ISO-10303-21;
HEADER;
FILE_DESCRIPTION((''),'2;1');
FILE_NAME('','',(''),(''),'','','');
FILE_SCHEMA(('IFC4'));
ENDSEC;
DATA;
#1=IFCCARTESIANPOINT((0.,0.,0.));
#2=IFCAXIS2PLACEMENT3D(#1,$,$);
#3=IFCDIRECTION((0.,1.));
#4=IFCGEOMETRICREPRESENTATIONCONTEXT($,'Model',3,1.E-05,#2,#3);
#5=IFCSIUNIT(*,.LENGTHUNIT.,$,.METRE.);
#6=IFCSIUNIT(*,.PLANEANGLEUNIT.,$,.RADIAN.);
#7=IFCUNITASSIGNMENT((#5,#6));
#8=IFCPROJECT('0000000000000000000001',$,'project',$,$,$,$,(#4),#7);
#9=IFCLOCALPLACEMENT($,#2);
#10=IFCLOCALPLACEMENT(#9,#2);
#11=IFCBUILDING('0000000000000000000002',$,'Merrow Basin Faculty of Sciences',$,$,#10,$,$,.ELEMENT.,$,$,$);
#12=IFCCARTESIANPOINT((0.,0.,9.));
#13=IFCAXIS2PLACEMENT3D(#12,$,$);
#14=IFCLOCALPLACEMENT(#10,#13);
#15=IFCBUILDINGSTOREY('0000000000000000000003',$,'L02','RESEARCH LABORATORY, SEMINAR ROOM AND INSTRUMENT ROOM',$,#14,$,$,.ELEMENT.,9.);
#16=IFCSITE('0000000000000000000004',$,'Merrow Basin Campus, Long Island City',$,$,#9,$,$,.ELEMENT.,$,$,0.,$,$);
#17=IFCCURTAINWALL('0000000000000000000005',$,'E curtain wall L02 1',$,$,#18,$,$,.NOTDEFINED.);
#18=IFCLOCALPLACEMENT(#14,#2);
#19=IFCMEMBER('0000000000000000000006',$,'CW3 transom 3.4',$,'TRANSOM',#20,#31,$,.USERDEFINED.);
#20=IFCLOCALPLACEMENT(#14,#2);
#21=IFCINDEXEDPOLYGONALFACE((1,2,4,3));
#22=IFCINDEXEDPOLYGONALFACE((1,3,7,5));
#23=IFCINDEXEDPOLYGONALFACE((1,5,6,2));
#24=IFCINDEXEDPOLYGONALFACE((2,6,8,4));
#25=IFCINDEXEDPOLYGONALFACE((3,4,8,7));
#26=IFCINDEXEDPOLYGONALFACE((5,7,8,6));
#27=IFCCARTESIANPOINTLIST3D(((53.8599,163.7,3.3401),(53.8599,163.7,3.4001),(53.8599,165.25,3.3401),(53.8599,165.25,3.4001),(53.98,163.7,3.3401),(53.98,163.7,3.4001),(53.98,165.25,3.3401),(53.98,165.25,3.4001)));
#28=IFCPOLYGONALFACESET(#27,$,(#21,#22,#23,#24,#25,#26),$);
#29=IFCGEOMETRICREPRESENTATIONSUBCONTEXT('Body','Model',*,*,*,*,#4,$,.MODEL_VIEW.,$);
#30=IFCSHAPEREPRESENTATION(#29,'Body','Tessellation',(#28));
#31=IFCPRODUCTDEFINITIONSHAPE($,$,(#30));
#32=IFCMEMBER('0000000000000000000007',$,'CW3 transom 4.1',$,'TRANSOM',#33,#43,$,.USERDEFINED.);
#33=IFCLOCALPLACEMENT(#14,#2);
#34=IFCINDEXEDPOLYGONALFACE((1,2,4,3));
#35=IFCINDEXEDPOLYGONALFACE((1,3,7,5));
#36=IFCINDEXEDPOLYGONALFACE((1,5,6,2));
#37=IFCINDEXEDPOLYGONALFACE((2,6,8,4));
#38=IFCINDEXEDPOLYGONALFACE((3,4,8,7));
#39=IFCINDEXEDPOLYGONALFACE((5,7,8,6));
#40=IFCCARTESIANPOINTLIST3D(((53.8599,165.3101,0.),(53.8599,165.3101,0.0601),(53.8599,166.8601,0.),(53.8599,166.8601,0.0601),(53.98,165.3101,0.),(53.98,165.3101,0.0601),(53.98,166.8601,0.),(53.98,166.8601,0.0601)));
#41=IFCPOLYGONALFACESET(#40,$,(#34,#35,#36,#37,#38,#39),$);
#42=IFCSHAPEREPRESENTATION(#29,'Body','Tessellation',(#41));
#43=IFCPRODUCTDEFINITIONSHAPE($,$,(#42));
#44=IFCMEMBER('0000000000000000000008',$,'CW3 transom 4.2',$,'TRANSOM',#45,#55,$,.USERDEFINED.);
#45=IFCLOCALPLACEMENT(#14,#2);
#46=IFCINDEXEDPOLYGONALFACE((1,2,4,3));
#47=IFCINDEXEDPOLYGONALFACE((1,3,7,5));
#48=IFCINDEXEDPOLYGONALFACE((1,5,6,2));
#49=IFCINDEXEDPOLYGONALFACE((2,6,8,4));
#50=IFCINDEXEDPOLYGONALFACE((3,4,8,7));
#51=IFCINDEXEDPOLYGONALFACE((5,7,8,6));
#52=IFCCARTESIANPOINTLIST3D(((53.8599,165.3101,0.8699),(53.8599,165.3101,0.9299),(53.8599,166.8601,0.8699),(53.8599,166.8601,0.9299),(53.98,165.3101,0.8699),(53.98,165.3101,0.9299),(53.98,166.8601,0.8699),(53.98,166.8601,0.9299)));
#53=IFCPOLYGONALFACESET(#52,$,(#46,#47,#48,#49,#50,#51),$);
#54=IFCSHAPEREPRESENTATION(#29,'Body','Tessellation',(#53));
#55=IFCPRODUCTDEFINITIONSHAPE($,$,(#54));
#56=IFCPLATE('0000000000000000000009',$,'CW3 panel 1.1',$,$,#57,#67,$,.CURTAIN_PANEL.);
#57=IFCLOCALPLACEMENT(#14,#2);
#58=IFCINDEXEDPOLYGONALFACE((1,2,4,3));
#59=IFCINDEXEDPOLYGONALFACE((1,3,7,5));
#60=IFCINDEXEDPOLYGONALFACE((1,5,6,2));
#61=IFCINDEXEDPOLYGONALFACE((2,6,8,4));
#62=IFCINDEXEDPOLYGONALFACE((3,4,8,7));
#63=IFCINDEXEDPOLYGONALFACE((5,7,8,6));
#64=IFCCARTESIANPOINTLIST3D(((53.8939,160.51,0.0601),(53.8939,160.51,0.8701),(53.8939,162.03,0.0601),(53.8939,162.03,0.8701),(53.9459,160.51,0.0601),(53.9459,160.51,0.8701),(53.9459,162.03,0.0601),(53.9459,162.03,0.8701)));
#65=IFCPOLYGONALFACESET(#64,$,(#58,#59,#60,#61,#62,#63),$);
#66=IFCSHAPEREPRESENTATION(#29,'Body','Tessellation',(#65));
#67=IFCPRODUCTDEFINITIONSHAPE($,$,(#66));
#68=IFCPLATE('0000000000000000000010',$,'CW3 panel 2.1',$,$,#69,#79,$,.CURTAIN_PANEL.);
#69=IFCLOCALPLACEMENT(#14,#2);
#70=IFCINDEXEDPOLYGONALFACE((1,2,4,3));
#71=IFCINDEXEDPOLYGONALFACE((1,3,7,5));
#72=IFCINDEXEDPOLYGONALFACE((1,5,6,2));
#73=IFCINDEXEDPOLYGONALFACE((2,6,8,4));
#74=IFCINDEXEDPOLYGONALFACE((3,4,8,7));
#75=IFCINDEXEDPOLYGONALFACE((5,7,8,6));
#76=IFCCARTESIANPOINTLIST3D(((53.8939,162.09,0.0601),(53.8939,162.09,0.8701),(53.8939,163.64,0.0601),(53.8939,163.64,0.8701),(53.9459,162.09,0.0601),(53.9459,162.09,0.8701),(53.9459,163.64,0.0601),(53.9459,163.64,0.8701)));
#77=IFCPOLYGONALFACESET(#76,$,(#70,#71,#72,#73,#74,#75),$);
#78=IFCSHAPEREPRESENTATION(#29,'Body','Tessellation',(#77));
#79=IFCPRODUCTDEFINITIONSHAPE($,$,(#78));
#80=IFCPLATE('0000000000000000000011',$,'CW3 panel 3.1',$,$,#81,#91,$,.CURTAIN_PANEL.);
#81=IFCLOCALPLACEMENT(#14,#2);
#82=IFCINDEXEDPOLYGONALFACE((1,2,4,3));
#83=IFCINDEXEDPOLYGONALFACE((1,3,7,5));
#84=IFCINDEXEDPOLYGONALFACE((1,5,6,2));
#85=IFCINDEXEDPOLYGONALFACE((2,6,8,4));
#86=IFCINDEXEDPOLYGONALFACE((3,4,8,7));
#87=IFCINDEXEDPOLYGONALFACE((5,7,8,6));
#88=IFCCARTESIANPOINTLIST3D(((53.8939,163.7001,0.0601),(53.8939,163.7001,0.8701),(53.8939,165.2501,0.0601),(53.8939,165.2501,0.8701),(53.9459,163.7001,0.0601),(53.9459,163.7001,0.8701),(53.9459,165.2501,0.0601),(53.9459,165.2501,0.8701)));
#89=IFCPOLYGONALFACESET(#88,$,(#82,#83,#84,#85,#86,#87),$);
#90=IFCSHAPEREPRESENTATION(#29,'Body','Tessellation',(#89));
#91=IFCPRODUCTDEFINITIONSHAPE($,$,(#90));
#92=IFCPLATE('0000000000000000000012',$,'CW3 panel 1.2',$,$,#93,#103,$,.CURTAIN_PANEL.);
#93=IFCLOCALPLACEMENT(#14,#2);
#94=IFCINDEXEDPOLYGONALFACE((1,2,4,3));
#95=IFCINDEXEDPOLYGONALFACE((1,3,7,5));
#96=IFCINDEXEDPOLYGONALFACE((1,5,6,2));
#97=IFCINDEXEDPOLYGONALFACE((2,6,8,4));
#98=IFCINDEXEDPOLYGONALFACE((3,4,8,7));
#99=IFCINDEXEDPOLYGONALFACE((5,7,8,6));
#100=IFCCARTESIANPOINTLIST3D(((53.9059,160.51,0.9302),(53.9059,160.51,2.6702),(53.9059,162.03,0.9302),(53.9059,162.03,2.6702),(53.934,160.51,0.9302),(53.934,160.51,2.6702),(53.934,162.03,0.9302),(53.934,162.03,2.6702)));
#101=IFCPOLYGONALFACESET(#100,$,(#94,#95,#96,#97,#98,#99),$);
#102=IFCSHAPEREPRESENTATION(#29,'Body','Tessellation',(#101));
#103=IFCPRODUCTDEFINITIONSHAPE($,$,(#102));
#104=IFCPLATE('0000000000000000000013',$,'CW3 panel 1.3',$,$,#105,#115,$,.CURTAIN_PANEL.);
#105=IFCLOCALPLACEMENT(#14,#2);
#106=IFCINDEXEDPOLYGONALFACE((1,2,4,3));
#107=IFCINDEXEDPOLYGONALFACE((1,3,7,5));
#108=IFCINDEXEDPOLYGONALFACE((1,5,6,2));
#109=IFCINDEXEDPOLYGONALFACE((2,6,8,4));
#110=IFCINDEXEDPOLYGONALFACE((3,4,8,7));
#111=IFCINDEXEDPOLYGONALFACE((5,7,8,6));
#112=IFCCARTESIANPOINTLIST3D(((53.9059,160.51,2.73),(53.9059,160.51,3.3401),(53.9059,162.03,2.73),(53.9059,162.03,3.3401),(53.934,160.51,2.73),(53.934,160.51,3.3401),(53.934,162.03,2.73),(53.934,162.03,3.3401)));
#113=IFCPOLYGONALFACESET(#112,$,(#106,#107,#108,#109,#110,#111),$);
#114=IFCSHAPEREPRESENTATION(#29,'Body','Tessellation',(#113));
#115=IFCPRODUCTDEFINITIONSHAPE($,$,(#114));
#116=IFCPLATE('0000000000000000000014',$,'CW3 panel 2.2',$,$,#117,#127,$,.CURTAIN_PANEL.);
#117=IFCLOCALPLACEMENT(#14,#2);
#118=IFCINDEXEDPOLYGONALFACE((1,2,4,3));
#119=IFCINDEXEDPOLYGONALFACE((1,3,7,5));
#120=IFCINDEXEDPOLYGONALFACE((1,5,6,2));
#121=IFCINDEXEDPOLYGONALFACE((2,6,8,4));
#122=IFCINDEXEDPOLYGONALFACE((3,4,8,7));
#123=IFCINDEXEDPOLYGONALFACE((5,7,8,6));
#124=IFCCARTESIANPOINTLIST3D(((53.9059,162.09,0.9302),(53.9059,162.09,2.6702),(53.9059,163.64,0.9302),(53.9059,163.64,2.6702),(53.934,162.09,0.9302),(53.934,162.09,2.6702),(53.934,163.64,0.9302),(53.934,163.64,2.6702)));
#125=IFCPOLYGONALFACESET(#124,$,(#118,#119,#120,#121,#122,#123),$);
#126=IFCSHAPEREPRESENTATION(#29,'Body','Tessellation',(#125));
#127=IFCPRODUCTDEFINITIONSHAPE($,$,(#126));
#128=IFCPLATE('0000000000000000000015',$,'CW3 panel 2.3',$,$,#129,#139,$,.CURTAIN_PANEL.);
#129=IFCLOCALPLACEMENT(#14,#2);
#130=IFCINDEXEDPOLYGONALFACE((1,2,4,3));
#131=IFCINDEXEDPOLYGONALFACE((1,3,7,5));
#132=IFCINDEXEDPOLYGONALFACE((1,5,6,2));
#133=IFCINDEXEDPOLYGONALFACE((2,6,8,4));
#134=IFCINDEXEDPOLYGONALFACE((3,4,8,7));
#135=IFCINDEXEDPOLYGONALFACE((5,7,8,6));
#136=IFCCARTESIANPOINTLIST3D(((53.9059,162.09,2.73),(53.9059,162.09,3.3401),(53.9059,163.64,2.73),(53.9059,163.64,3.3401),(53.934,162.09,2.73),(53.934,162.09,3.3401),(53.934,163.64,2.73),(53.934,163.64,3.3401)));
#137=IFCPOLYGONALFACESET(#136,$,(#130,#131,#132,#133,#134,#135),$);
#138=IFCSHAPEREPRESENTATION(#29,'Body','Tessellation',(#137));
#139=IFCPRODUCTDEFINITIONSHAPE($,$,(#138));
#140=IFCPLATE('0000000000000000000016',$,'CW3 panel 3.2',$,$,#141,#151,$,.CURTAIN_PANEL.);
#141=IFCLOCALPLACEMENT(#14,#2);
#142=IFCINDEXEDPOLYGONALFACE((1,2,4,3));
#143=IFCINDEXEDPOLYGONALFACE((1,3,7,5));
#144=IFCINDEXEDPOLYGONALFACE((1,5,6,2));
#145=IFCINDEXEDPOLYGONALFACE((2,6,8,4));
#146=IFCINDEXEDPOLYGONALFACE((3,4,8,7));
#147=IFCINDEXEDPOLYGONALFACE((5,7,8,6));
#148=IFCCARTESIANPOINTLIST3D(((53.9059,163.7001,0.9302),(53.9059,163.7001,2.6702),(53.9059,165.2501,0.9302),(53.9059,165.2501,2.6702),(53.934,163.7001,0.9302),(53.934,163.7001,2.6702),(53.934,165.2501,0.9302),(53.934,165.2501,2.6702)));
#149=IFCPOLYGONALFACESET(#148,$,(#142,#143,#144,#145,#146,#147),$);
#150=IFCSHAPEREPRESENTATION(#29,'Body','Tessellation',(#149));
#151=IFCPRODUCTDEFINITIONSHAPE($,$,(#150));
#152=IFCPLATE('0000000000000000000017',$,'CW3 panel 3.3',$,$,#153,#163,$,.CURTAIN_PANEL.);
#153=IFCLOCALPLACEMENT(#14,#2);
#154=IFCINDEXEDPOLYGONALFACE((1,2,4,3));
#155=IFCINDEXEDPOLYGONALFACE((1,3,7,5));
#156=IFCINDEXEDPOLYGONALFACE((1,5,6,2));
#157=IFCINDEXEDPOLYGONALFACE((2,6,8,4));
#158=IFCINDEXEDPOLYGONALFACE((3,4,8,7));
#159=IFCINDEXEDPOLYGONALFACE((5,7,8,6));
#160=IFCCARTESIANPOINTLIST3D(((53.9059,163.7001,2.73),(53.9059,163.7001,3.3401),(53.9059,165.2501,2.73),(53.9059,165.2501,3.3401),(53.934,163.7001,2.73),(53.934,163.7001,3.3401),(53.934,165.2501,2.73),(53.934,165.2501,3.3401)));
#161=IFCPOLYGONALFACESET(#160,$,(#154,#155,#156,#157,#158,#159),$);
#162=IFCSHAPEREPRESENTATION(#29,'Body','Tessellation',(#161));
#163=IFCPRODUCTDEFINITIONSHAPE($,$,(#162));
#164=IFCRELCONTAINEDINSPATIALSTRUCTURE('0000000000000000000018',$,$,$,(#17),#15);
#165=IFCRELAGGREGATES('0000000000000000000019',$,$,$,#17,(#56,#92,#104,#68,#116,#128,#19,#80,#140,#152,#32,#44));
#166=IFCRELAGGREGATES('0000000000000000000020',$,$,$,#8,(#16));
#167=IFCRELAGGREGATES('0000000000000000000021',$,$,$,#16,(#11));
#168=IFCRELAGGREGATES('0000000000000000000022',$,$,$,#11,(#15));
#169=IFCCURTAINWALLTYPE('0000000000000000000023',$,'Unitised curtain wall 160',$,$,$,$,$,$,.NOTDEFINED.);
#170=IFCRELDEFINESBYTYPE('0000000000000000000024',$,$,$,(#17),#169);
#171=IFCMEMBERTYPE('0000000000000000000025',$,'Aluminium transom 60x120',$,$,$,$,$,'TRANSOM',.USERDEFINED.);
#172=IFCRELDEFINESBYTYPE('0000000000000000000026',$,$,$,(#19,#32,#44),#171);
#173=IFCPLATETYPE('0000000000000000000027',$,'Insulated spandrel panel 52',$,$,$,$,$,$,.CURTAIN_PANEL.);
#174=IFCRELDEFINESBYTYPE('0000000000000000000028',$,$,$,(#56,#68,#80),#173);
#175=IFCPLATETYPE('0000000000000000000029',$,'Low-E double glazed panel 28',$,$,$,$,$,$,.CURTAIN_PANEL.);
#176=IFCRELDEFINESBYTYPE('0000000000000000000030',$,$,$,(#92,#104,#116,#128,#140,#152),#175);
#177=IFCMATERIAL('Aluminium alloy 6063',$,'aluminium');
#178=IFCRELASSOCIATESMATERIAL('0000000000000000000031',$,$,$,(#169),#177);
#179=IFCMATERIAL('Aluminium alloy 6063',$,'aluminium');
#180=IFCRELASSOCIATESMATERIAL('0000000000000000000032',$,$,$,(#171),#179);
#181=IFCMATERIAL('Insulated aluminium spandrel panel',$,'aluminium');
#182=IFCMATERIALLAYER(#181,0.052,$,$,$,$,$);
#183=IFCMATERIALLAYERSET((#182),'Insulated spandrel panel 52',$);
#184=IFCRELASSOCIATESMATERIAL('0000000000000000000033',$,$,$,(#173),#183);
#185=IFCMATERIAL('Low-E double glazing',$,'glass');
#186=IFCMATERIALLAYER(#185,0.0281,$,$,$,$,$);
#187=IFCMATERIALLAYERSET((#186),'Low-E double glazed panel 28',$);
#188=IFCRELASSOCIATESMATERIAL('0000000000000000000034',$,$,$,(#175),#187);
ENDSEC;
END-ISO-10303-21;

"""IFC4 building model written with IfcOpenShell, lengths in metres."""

from ifc_helpers import new_model, si_unit, direction, frame, origin, origin_2d, place, context, subcontext, project, spatial, rectangle, extrude, material, layer, layer_set, material_profile, profile_set, type_object, element, aggregate, save


model = new_model("IFC4")

# Units and contexts
model_context = context("Model", 3, precision=1e-05, world=origin(), true_north=direction((0.0, 1.0)))
body_context = subcontext(model_context, "Body", "Model", "MODEL_VIEW")
ifc_project = project(units=[si_unit("LENGTHUNIT", "METRE"), si_unit("PLANEANGLEUNIT", "RADIAN")], contexts=[model_context])

# Site, building, storey
site_placement = place(None, origin())
site = spatial("IfcSite", under=ifc_project, at=site_placement, Name="Merrow Basin Campus, Long Island City", CompositionType="ELEMENT", RefElevation=0.0)
building_placement = place(site_placement, origin())
building = spatial("IfcBuilding", under=site, at=building_placement, Name="Merrow Basin Faculty of Sciences", CompositionType="ELEMENT")
storey_placement = place(building_placement, frame((0.0, 0.0, 9.0)))
storey = spatial("IfcBuildingStorey", under=building, at=storey_placement, Name="L02", Description="RESEARCH LABORATORY, SEMINAR ROOM AND INSTRUMENT ROOM", CompositionType="ELEMENT", Elevation=9.0)

# Curtain wall, members, plates
ifc_material_1 = material(Name="Aluminium alloy 6063", Category="aluminium")
curtain_wall_type = type_object("IfcCurtainWallType", Name="Unitised curtain wall 160", PredefinedType="NOTDEFINED", material=ifc_material_1)
curtain_wall_placement = place(storey_placement, origin())
curtain_wall = element("IfcCurtainWall", 1, at=curtain_wall_placement, inside=storey, type_object=curtain_wall_type, Name="E curtain wall L02 1", PredefinedType="NOTDEFINED")
ifc_material_2 = material(Name="Aluminium alloy 6063", Category="aluminium")
ifc_material_profile_1 = material_profile(ifc_material_2, rectangle(XDim=0.1201, YDim=0.0601, at=origin_2d()))
ifc_profile_set_1 = profile_set([ifc_material_profile_1], Name="Aluminium alloy 6063")
member_type_1 = type_object("IfcMemberType", Name="Aluminium transom 60x120", ElementType="TRANSOM", PredefinedType="USERDEFINED", material=ifc_profile_set_1)
member_1_placement = place(storey_placement, frame((53.9199, 163.7, 3.3701), z_axis=(0.0, 1.0, 0.0), x_axis=(-1.0, 0.0, 0.0)))
member_1 = element("IfcMember", 2, at=member_1_placement, type_object=member_type_1, Name="CW3 transom 3.4", ObjectType="TRANSOM", PredefinedType="USERDEFINED", context=body_context, shape_type="SweptSolid", body=[
    extrude(rectangle(XDim=0.1201, YDim=0.0601, at=origin_2d()), origin(), (0.0, 0.0, 1.0), 1.55),
])
member_2_placement = place(storey_placement, frame((53.9199, 165.3101, 0.03), z_axis=(0.0, 1.0, 0.0), x_axis=(-1.0, 0.0, 0.0)))
member_2 = element("IfcMember", 3, at=member_2_placement, type_object=member_type_1, Name="CW3 transom 4.1", ObjectType="TRANSOM", PredefinedType="USERDEFINED", context=body_context, shape_type="SweptSolid", body=[
    extrude(rectangle(XDim=0.1201, YDim=0.0601, at=origin_2d()), origin(), (0.0, 0.0, 1.0), 1.55),
])
member_3_placement = place(storey_placement, frame((53.9199, 165.3101, 0.8999), z_axis=(0.0, 1.0, 0.0), x_axis=(-1.0, 0.0, 0.0)))
member_3 = element("IfcMember", 4, at=member_3_placement, type_object=member_type_1, Name="CW3 transom 4.2", ObjectType="TRANSOM", PredefinedType="USERDEFINED", context=body_context, shape_type="SweptSolid", body=[
    extrude(rectangle(XDim=0.1201, YDim=0.0601, at=origin_2d()), origin(), (0.0, 0.0, 1.0), 1.55),
])
ifc_material_3 = material(Name="Insulated aluminium spandrel panel", Category="aluminium")
ifc_layer_1 = layer(ifc_material_3, 0.052)
ifc_layer_set_1 = layer_set([ifc_layer_1], Name="Insulated spandrel panel 52")
plate_type_1 = type_object("IfcPlateType", Name="Insulated spandrel panel 52", PredefinedType="CURTAIN_PANEL", material=ifc_layer_set_1)
plate_1_placement = place(storey_placement, frame((53.9199, 161.27, 0.0601), z_axis=(0.0, 0.0, 1.0), x_axis=(0.0, 1.0, 0.0)))
plate_1 = element("IfcPlate", 5, at=plate_1_placement, type_object=plate_type_1, Name="CW3 panel 1.1", PredefinedType="CURTAIN_PANEL", context=body_context, shape_type="SweptSolid", body=[
    extrude(rectangle(XDim=1.52, YDim=0.052, at=origin_2d()), origin(), (0.0, 0.0, 1.0), 0.8101),
])
plate_2_placement = place(storey_placement, frame((53.9199, 162.865, 0.0601), z_axis=(0.0, 0.0, 1.0), x_axis=(0.0, 1.0, 0.0)))
plate_2 = element("IfcPlate", 6, at=plate_2_placement, type_object=plate_type_1, Name="CW3 panel 2.1", PredefinedType="CURTAIN_PANEL", context=body_context, shape_type="SweptSolid", body=[
    extrude(rectangle(XDim=1.55, YDim=0.052, at=origin_2d()), origin(), (0.0, 0.0, 1.0), 0.8101),
])
plate_3_placement = place(storey_placement, frame((53.9199, 164.4751, 0.0601), z_axis=(0.0, 0.0, 1.0), x_axis=(0.0, 1.0, 0.0)))
plate_3 = element("IfcPlate", 7, at=plate_3_placement, type_object=plate_type_1, Name="CW3 panel 3.1", PredefinedType="CURTAIN_PANEL", context=body_context, shape_type="SweptSolid", body=[
    extrude(rectangle(XDim=1.55, YDim=0.052, at=origin_2d()), origin(), (0.0, 0.0, 1.0), 0.8101),
])
ifc_material_4 = material(Name="Low-E double glazing", Category="glass")
ifc_layer_2 = layer(ifc_material_4, 0.0281)
ifc_layer_set_2 = layer_set([ifc_layer_2], Name="Low-E double glazed panel 28")
plate_type_2 = type_object("IfcPlateType", Name="Low-E double glazed panel 28", PredefinedType="CURTAIN_PANEL", material=ifc_layer_set_2)
plate_4_placement = place(storey_placement, frame((53.9199, 161.27, 0.9302), z_axis=(0.0, 0.0, 1.0), x_axis=(0.0, 1.0, 0.0)))
plate_4 = element("IfcPlate", 8, at=plate_4_placement, type_object=plate_type_2, Name="CW3 panel 1.2", PredefinedType="CURTAIN_PANEL", context=body_context, shape_type="SweptSolid", body=[
    extrude(rectangle(XDim=1.52, YDim=0.0281, at=origin_2d()), origin(), (0.0, 0.0, 1.0), 1.74),
])
plate_5_placement = place(storey_placement, frame((53.9199, 161.27, 2.73), z_axis=(0.0, 0.0, 1.0), x_axis=(0.0, 1.0, 0.0)))
plate_5 = element("IfcPlate", 9, at=plate_5_placement, type_object=plate_type_2, Name="CW3 panel 1.3", PredefinedType="CURTAIN_PANEL", context=body_context, shape_type="SweptSolid", body=[
    extrude(rectangle(XDim=1.52, YDim=0.0281, at=origin_2d()), origin(), (0.0, 0.0, 1.0), 0.6101),
])
plate_6_placement = place(storey_placement, frame((53.9199, 162.865, 0.9302), z_axis=(0.0, 0.0, 1.0), x_axis=(0.0, 1.0, 0.0)))
plate_6 = element("IfcPlate", 10, at=plate_6_placement, type_object=plate_type_2, Name="CW3 panel 2.2", PredefinedType="CURTAIN_PANEL", context=body_context, shape_type="SweptSolid", body=[
    extrude(rectangle(XDim=1.55, YDim=0.0281, at=origin_2d()), origin(), (0.0, 0.0, 1.0), 1.74),
])
plate_7_placement = place(storey_placement, frame((53.9199, 162.865, 2.73), z_axis=(0.0, 0.0, 1.0), x_axis=(0.0, 1.0, 0.0)))
plate_7 = element("IfcPlate", 11, at=plate_7_placement, type_object=plate_type_2, Name="CW3 panel 2.3", PredefinedType="CURTAIN_PANEL", context=body_context, shape_type="SweptSolid", body=[
    extrude(rectangle(XDim=1.55, YDim=0.0281, at=origin_2d()), origin(), (0.0, 0.0, 1.0), 0.6101),
])
plate_8_placement = place(storey_placement, frame((53.9199, 164.4751, 0.9302), z_axis=(0.0, 0.0, 1.0), x_axis=(0.0, 1.0, 0.0)))
plate_8 = element("IfcPlate", 12, at=plate_8_placement, type_object=plate_type_2, Name="CW3 panel 3.2", PredefinedType="CURTAIN_PANEL", context=body_context, shape_type="SweptSolid", body=[
    extrude(rectangle(XDim=1.55, YDim=0.0281, at=origin_2d()), origin(), (0.0, 0.0, 1.0), 1.74),
])
plate_9_placement = place(storey_placement, frame((53.9199, 164.4751, 2.73), z_axis=(0.0, 0.0, 1.0), x_axis=(0.0, 1.0, 0.0)))
plate_9 = element("IfcPlate", 13, at=plate_9_placement, type_object=plate_type_2, Name="CW3 panel 3.3", PredefinedType="CURTAIN_PANEL", context=body_context, shape_type="SweptSolid", body=[
    extrude(rectangle(XDim=1.55, YDim=0.0281, at=origin_2d()), origin(), (0.0, 0.0, 1.0), 0.6101),
])
aggregate(curtain_wall, [plate_1, plate_4, plate_5, plate_2, plate_6, plate_7, member_1, plate_3, plate_8, plate_9, member_2, member_3])

save(model, "model.ifc")
